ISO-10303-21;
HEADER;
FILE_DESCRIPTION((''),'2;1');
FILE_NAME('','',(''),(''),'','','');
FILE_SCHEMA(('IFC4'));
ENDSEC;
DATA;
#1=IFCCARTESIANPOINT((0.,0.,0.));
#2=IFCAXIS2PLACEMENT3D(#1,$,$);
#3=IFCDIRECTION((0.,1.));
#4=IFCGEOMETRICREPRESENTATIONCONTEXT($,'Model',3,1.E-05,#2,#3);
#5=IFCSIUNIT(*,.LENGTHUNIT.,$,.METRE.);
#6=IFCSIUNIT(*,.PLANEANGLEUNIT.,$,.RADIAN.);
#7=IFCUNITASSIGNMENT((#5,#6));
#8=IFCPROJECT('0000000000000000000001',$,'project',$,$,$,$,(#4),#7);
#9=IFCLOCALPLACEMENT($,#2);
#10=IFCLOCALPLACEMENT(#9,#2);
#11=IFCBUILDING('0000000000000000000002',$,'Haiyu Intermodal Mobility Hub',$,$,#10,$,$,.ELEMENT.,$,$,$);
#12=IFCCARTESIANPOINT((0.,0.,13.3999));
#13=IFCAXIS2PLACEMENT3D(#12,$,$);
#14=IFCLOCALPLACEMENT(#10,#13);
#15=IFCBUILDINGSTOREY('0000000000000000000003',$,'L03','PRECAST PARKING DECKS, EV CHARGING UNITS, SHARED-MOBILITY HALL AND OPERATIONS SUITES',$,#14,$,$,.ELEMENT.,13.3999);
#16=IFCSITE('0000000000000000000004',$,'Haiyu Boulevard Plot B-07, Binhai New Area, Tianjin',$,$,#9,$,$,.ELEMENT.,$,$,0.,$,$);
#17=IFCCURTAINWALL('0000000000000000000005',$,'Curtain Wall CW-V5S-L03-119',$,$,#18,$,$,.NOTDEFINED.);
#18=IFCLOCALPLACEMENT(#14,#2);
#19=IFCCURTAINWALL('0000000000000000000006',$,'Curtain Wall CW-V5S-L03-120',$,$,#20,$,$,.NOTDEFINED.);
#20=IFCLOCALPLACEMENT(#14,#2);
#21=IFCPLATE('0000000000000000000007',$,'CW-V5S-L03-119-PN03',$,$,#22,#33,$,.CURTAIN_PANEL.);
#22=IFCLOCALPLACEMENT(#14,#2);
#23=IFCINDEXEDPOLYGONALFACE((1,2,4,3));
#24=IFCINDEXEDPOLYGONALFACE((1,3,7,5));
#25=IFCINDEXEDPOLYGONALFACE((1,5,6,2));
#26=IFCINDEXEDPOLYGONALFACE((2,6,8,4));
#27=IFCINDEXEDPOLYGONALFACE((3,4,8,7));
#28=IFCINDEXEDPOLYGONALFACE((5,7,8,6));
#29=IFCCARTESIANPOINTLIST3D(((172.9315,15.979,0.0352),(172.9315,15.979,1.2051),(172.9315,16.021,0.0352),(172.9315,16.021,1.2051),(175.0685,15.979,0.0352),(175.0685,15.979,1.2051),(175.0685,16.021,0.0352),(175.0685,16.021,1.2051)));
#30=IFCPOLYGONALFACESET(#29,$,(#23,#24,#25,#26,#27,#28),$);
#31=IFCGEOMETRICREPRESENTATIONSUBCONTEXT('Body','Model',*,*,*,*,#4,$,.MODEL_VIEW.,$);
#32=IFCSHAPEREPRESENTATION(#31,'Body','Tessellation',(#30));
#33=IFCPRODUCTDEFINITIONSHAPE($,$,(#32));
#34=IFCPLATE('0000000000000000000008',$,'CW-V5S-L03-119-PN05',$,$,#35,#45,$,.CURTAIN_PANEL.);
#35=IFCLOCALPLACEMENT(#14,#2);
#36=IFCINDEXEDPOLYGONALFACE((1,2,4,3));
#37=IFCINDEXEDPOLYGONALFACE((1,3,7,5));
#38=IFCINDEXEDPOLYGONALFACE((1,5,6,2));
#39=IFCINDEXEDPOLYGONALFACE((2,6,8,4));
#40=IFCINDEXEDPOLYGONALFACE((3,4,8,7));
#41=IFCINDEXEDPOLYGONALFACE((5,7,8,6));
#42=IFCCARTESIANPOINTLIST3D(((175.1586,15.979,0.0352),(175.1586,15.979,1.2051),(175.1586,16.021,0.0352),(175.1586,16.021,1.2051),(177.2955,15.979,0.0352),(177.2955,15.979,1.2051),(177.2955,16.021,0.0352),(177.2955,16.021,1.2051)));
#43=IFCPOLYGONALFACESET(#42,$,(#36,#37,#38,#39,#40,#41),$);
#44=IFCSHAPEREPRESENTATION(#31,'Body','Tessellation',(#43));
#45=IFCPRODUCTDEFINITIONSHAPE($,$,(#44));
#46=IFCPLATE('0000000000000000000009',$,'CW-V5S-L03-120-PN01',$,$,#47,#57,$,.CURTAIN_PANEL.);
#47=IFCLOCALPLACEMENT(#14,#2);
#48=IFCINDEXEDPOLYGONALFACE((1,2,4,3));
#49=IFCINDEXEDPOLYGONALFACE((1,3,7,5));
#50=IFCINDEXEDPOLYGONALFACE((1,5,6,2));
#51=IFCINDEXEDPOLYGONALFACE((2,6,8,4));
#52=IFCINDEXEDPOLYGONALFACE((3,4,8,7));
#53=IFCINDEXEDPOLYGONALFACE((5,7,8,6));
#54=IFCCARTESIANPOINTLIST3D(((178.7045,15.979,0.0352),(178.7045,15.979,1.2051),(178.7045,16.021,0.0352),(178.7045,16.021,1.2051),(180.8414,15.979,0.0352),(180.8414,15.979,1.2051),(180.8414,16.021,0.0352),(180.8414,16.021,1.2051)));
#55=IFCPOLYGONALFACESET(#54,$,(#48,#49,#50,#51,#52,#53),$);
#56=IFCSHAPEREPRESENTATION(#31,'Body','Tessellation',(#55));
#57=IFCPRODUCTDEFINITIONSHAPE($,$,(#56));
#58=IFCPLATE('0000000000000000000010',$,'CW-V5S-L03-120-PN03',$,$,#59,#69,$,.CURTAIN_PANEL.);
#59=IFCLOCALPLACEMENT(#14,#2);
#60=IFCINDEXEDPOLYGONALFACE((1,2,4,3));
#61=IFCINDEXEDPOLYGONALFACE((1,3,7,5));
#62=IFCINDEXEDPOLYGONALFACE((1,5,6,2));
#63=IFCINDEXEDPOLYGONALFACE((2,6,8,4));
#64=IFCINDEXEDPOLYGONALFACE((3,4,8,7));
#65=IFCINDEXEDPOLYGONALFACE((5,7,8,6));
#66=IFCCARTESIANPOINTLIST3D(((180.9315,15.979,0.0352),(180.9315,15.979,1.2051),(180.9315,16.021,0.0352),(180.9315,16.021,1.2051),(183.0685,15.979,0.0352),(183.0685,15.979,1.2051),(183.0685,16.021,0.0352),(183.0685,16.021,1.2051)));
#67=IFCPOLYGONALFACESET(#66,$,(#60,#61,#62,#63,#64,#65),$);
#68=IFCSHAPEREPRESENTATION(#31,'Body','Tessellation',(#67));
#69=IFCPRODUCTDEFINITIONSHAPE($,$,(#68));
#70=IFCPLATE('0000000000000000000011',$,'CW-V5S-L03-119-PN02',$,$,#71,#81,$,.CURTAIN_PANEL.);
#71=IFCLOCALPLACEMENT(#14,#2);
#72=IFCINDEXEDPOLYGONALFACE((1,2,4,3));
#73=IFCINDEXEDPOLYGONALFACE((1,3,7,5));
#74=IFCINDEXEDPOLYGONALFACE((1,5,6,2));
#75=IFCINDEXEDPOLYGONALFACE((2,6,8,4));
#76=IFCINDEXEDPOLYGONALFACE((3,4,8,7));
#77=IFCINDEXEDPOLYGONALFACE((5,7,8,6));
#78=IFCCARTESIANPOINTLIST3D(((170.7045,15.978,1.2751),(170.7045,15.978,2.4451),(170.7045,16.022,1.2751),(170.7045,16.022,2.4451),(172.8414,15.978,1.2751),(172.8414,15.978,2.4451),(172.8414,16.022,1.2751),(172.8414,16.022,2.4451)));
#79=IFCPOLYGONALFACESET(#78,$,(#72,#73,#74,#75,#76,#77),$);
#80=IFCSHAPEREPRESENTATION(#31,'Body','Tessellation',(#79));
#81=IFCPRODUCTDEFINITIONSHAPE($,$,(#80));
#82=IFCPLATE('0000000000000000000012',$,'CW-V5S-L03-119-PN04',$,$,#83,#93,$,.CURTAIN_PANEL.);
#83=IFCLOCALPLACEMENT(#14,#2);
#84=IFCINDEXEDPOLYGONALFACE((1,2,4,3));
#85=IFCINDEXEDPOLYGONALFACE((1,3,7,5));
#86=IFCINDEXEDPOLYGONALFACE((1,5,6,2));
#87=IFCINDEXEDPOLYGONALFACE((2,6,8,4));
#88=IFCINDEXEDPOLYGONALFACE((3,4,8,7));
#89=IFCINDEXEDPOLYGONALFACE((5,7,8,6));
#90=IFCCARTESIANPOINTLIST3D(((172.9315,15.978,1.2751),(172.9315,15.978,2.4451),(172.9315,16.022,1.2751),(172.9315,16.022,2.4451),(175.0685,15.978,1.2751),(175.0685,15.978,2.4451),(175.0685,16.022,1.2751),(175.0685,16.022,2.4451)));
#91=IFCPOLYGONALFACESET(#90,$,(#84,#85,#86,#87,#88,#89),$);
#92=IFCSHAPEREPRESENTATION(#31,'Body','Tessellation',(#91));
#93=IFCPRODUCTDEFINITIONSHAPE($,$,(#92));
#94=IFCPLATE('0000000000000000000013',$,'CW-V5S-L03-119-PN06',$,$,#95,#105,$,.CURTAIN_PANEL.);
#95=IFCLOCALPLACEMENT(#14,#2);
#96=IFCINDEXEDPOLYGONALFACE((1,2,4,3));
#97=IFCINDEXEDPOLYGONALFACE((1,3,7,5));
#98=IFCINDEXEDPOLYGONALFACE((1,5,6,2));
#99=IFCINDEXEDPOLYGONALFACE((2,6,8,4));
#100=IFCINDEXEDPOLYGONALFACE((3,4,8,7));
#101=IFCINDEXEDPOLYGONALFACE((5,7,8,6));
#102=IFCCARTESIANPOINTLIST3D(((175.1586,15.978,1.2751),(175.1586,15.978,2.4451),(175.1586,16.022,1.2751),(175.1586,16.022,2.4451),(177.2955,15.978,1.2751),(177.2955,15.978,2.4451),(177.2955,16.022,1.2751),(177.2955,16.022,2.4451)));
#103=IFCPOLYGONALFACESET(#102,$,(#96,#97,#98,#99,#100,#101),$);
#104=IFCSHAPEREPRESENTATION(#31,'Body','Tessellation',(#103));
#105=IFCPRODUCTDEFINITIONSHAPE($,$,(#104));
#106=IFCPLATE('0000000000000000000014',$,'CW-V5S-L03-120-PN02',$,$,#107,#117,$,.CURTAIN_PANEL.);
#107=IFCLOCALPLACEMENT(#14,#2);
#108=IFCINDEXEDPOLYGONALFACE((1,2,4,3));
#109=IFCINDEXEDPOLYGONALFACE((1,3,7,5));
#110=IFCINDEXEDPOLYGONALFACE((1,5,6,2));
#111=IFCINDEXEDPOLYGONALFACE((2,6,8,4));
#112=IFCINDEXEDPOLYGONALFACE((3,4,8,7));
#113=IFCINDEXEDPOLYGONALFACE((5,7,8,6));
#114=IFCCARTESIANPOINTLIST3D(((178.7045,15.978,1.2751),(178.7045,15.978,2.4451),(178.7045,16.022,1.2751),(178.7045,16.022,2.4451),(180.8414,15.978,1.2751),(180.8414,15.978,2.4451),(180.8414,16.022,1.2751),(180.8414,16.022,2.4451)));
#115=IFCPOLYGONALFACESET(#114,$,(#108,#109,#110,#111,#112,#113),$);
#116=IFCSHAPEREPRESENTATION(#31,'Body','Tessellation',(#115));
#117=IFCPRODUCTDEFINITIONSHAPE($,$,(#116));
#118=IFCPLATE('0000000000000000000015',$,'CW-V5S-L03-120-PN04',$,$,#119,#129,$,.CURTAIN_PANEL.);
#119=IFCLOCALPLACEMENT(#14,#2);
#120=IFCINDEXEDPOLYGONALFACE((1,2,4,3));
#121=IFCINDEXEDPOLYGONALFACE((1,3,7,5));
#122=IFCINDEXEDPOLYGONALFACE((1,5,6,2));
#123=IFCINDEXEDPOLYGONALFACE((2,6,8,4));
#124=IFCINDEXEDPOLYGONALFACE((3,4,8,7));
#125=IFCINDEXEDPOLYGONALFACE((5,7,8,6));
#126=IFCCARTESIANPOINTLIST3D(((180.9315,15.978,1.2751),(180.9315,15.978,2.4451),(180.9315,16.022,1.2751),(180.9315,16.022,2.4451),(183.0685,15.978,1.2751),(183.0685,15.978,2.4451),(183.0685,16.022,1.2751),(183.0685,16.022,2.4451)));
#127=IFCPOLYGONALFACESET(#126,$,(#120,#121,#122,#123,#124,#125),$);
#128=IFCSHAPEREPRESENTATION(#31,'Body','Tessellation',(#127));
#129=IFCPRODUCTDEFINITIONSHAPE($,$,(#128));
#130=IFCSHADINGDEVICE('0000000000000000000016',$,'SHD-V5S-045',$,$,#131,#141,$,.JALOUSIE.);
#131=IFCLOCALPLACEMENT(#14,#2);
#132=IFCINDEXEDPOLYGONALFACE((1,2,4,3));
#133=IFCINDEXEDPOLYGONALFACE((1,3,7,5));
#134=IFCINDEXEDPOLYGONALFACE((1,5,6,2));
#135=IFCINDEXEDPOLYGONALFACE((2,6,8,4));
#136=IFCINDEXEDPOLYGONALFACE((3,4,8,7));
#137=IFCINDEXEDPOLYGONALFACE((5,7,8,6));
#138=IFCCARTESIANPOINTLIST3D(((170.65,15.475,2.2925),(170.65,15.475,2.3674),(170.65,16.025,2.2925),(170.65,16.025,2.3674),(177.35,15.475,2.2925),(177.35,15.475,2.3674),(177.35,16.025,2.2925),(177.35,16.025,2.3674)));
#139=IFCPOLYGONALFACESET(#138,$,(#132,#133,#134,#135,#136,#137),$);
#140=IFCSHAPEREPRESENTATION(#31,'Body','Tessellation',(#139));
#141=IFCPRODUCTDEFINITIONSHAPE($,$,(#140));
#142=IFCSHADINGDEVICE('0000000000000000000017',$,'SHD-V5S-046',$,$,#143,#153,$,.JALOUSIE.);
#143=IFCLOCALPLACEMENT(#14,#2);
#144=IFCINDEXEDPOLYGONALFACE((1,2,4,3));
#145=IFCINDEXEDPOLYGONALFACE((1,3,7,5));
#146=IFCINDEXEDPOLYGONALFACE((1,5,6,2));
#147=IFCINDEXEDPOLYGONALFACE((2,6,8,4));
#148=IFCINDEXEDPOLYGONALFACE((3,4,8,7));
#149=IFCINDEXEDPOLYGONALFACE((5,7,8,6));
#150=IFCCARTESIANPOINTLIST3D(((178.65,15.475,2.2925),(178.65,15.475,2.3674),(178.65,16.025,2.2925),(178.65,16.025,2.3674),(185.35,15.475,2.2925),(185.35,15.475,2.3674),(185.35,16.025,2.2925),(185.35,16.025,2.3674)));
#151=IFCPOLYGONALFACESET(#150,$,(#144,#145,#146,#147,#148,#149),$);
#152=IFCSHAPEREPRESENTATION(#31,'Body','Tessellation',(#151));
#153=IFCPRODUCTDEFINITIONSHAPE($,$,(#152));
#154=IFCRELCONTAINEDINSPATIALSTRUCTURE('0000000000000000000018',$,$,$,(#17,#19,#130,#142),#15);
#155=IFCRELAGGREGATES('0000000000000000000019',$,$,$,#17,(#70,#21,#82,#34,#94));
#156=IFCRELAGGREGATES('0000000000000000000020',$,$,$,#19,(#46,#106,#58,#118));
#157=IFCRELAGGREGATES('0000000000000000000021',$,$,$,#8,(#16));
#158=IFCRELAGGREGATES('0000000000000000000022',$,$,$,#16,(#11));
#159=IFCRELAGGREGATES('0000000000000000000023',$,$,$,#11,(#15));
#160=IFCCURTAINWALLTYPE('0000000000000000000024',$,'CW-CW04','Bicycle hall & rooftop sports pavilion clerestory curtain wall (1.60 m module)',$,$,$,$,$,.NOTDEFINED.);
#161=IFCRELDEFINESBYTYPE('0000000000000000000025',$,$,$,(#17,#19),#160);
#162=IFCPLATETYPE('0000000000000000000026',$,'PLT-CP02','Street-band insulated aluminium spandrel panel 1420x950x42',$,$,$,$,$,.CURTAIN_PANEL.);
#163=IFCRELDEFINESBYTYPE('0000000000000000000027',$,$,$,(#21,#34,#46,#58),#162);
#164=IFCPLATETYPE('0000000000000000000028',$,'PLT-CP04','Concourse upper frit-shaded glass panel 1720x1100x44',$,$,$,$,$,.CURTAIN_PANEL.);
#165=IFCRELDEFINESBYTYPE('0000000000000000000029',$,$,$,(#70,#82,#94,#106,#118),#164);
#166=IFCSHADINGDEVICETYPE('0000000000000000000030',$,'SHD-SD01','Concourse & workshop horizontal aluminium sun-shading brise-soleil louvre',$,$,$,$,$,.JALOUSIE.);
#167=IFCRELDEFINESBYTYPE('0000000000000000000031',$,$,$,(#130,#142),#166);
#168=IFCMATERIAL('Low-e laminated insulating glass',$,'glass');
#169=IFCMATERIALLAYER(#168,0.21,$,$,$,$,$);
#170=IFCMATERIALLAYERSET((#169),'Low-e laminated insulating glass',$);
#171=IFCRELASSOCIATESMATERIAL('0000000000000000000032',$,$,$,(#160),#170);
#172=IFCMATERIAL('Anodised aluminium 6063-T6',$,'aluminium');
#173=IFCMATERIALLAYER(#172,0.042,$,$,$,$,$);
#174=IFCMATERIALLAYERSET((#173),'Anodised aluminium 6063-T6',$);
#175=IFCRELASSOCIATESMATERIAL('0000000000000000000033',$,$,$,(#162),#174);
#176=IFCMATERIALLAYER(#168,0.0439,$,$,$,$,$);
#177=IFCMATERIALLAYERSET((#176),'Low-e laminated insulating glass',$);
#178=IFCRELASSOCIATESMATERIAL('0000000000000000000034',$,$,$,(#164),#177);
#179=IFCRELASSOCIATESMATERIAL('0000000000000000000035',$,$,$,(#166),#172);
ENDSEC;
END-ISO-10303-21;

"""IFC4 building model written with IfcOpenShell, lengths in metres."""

from ifc_helpers import new_model, si_unit, direction, frame, origin, origin_2d, place, context, subcontext, project, spatial, rectangle, extrude, material, layer, layer_set, material_profile, profile_set, type_object, element, aggregate, save


model = new_model("IFC4")

# Units and contexts
model_context = context("Model", 3, precision=1e-05, world=origin(), true_north=direction((0.0, 1.0)))
body_context = subcontext(model_context, "Body", "Model", "MODEL_VIEW")
ifc_project = project(units=[si_unit("LENGTHUNIT", "METRE"), si_unit("PLANEANGLEUNIT", "RADIAN")], contexts=[model_context])

# Site, building, storey
site_placement = place(None, origin())
site = spatial("IfcSite", under=ifc_project, at=site_placement, Name="Haiyu Boulevard Plot B-07, Binhai New Area, Tianjin", CompositionType="ELEMENT", RefElevation=0.0)
building_placement = place(site_placement, origin())
building = spatial("IfcBuilding", under=site, at=building_placement, Name="Haiyu Intermodal Mobility Hub", CompositionType="ELEMENT")
storey_placement = place(building_placement, frame((0.0, 0.0, 13.3999)))
storey = spatial("IfcBuildingStorey", under=building, at=storey_placement, Name="L03", Description="PRECAST PARKING DECKS, EV CHARGING UNITS, SHARED-MOBILITY HALL AND OPERATIONS SUITES", CompositionType="ELEMENT", Elevation=13.3999)

# Curtain walls
ifc_material_1 = material(Name="Low-e laminated insulating glass", Category="glass")
ifc_layer_1 = layer(ifc_material_1, 0.21)
ifc_layer_set_1 = layer_set([ifc_layer_1], Name="Low-e laminated insulating glass")
curtain_wall_type = type_object("IfcCurtainWallType", Name="CW-CW04", Description="Bicycle hall & rooftop sports pavilion clerestory curtain wall (1.60 m module)", PredefinedType="NOTDEFINED", material=ifc_layer_set_1)
curtain_wall_1_placement = place(storey_placement, origin())
curtain_wall_1 = element("IfcCurtainWall", 1, at=curtain_wall_1_placement, inside=storey, type_object=curtain_wall_type, Name="Curtain Wall CW-V5S-L03-119", PredefinedType="NOTDEFINED")
ifc_material_2 = material(Name="Anodised aluminium 6063-T6", Category="aluminium")
curtain_wall_2_placement = place(storey_placement, origin())
curtain_wall_2 = element("IfcCurtainWall", 2, at=curtain_wall_2_placement, inside=storey, type_object=curtain_wall_type, Name="Curtain Wall CW-V5S-L03-120", PredefinedType="NOTDEFINED")

# Plates
ifc_layer_2 = layer(ifc_material_2, 0.042)
ifc_layer_set_2 = layer_set([ifc_layer_2], Name="Anodised aluminium 6063-T6")
plate_type_1 = type_object("IfcPlateType", Name="PLT-CP02", Description="Street-band insulated aluminium spandrel panel 1420x950x42", PredefinedType="CURTAIN_PANEL", material=ifc_layer_set_2)
plate_1_placement = place(storey_placement, frame((174.0, 16.0, 0.0352), z_axis=(0.0, 0.0, 1.0), x_axis=(1.0, 0.0, 0.0)))
plate_1 = element("IfcPlate", 3, at=plate_1_placement, type_object=plate_type_1, Name="CW-V5S-L03-119-PN03", PredefinedType="CURTAIN_PANEL", context=body_context, shape_type="SweptSolid", body=[
    extrude(rectangle(XDim=2.137, YDim=0.042, at=origin_2d()), origin(), (0.0, 0.0, 1.0), 1.1699),
])
plate_2_placement = place(storey_placement, frame((176.2271, 16.0, 0.0352), z_axis=(0.0, 0.0, 1.0), x_axis=(1.0, 0.0, 0.0)))
plate_2 = element("IfcPlate", 4, at=plate_2_placement, type_object=plate_type_1, Name="CW-V5S-L03-119-PN05", PredefinedType="CURTAIN_PANEL", context=body_context, shape_type="SweptSolid", body=[
    extrude(rectangle(XDim=2.137, YDim=0.042, at=origin_2d()), origin(), (0.0, 0.0, 1.0), 1.1699),
])
plate_3_placement = place(storey_placement, frame((179.7729, 16.0, 0.0352), z_axis=(0.0, 0.0, 1.0), x_axis=(1.0, 0.0, 0.0)))
plate_3 = element("IfcPlate", 5, at=plate_3_placement, type_object=plate_type_1, Name="CW-V5S-L03-120-PN01", PredefinedType="CURTAIN_PANEL", context=body_context, shape_type="SweptSolid", body=[
    extrude(rectangle(XDim=2.137, YDim=0.042, at=origin_2d()), origin(), (0.0, 0.0, 1.0), 1.1699),
])
plate_4_placement = place(storey_placement, frame((182.0, 16.0, 0.0352), z_axis=(0.0, 0.0, 1.0), x_axis=(1.0, 0.0, 0.0)))
plate_4 = element("IfcPlate", 6, at=plate_4_placement, type_object=plate_type_1, Name="CW-V5S-L03-120-PN03", PredefinedType="CURTAIN_PANEL", context=body_context, shape_type="SweptSolid", body=[
    extrude(rectangle(XDim=2.137, YDim=0.042, at=origin_2d()), origin(), (0.0, 0.0, 1.0), 1.1699),
])
ifc_layer_3 = layer(ifc_material_1, 0.0439)
ifc_layer_set_3 = layer_set([ifc_layer_3], Name="Low-e laminated insulating glass")
plate_type_2 = type_object("IfcPlateType", Name="PLT-CP04", Description="Concourse upper frit-shaded glass panel 1720x1100x44", PredefinedType="CURTAIN_PANEL", material=ifc_layer_set_3)
plate_5_placement = place(storey_placement, frame((171.7729, 16.0, 1.2751), z_axis=(0.0, 0.0, 1.0), x_axis=(1.0, 0.0, 0.0)))
plate_5 = element("IfcPlate", 7, at=plate_5_placement, type_object=plate_type_2, Name="CW-V5S-L03-119-PN02", PredefinedType="CURTAIN_PANEL", context=body_context, shape_type="SweptSolid", body=[
    extrude(rectangle(XDim=2.137, YDim=0.0439, at=origin_2d()), origin(), (0.0, 0.0, 1.0), 1.1699),
])
plate_6_placement = place(storey_placement, frame((174.0, 16.0, 1.2751), z_axis=(0.0, 0.0, 1.0), x_axis=(1.0, 0.0, 0.0)))
plate_6 = element("IfcPlate", 8, at=plate_6_placement, type_object=plate_type_2, Name="CW-V5S-L03-119-PN04", PredefinedType="CURTAIN_PANEL", context=body_context, shape_type="SweptSolid", body=[
    extrude(rectangle(XDim=2.137, YDim=0.0439, at=origin_2d()), origin(), (0.0, 0.0, 1.0), 1.1699),
])
plate_7_placement = place(storey_placement, frame((176.2271, 16.0, 1.2751), z_axis=(0.0, 0.0, 1.0), x_axis=(1.0, 0.0, 0.0)))
plate_7 = element("IfcPlate", 9, at=plate_7_placement, type_object=plate_type_2, Name="CW-V5S-L03-119-PN06", PredefinedType="CURTAIN_PANEL", context=body_context, shape_type="SweptSolid", body=[
    extrude(rectangle(XDim=2.137, YDim=0.0439, at=origin_2d()), origin(), (0.0, 0.0, 1.0), 1.1699),
])
aggregate(curtain_wall_1, [plate_5, plate_1, plate_6, plate_2, plate_7])
plate_8_placement = place(storey_placement, frame((179.7729, 16.0, 1.2751), z_axis=(0.0, 0.0, 1.0), x_axis=(1.0, 0.0, 0.0)))
plate_8 = element("IfcPlate", 10, at=plate_8_placement, type_object=plate_type_2, Name="CW-V5S-L03-120-PN02", PredefinedType="CURTAIN_PANEL", context=body_context, shape_type="SweptSolid", body=[
    extrude(rectangle(XDim=2.137, YDim=0.0439, at=origin_2d()), origin(), (0.0, 0.0, 1.0), 1.1699),
])
plate_9_placement = place(storey_placement, frame((182.0, 16.0, 1.2751), z_axis=(0.0, 0.0, 1.0), x_axis=(1.0, 0.0, 0.0)))
plate_9 = element("IfcPlate", 11, at=plate_9_placement, type_object=plate_type_2, Name="CW-V5S-L03-120-PN04", PredefinedType="CURTAIN_PANEL", context=body_context, shape_type="SweptSolid", body=[
    extrude(rectangle(XDim=2.137, YDim=0.0439, at=origin_2d()), origin(), (0.0, 0.0, 1.0), 1.1699),
])
aggregate(curtain_wall_2, [plate_3, plate_8, plate_4, plate_9])

# Shading devices
ifc_material_profile_1 = material_profile(ifc_material_2, rectangle(XDim=0.0801, YDim=0.45, at=origin_2d()), Name="FIN80x450")
ifc_profile_set_1 = profile_set([ifc_material_profile_1], Name="Anodised aluminium 6063-T6")
shading_device_type = type_object("IfcShadingDeviceType", Name="SHD-SD01", Description="Concourse & workshop horizontal aluminium sun-shading brise-soleil louvre", PredefinedType="JALOUSIE", material=ifc_profile_set_1)
for number, where, z_axis, x_axis, name in (
    (12, (174.0, 15.75, 2.2925), (0.0, 0.0, 1.0), (1.0, 0.0, 0.0), "SHD-V5S-045"),
    (13, (182.0, 15.75, 2.2925), (0.0, 0.0, 1.0), (1.0, 0.0, 0.0), "SHD-V5S-046"),
):
    element("IfcShadingDevice", number, at=place(storey_placement, frame(where, z_axis=z_axis, x_axis=x_axis)), inside=storey, type_object=shading_device_type, Name=name, PredefinedType="JALOUSIE", context=body_context, shape_type="SweptSolid", body=[
        extrude(rectangle(XDim=6.7, YDim=0.55, at=origin_2d()), origin(), (0.0, 0.0, 1.0), 0.075),
    ])

save(model, "model.ifc")
